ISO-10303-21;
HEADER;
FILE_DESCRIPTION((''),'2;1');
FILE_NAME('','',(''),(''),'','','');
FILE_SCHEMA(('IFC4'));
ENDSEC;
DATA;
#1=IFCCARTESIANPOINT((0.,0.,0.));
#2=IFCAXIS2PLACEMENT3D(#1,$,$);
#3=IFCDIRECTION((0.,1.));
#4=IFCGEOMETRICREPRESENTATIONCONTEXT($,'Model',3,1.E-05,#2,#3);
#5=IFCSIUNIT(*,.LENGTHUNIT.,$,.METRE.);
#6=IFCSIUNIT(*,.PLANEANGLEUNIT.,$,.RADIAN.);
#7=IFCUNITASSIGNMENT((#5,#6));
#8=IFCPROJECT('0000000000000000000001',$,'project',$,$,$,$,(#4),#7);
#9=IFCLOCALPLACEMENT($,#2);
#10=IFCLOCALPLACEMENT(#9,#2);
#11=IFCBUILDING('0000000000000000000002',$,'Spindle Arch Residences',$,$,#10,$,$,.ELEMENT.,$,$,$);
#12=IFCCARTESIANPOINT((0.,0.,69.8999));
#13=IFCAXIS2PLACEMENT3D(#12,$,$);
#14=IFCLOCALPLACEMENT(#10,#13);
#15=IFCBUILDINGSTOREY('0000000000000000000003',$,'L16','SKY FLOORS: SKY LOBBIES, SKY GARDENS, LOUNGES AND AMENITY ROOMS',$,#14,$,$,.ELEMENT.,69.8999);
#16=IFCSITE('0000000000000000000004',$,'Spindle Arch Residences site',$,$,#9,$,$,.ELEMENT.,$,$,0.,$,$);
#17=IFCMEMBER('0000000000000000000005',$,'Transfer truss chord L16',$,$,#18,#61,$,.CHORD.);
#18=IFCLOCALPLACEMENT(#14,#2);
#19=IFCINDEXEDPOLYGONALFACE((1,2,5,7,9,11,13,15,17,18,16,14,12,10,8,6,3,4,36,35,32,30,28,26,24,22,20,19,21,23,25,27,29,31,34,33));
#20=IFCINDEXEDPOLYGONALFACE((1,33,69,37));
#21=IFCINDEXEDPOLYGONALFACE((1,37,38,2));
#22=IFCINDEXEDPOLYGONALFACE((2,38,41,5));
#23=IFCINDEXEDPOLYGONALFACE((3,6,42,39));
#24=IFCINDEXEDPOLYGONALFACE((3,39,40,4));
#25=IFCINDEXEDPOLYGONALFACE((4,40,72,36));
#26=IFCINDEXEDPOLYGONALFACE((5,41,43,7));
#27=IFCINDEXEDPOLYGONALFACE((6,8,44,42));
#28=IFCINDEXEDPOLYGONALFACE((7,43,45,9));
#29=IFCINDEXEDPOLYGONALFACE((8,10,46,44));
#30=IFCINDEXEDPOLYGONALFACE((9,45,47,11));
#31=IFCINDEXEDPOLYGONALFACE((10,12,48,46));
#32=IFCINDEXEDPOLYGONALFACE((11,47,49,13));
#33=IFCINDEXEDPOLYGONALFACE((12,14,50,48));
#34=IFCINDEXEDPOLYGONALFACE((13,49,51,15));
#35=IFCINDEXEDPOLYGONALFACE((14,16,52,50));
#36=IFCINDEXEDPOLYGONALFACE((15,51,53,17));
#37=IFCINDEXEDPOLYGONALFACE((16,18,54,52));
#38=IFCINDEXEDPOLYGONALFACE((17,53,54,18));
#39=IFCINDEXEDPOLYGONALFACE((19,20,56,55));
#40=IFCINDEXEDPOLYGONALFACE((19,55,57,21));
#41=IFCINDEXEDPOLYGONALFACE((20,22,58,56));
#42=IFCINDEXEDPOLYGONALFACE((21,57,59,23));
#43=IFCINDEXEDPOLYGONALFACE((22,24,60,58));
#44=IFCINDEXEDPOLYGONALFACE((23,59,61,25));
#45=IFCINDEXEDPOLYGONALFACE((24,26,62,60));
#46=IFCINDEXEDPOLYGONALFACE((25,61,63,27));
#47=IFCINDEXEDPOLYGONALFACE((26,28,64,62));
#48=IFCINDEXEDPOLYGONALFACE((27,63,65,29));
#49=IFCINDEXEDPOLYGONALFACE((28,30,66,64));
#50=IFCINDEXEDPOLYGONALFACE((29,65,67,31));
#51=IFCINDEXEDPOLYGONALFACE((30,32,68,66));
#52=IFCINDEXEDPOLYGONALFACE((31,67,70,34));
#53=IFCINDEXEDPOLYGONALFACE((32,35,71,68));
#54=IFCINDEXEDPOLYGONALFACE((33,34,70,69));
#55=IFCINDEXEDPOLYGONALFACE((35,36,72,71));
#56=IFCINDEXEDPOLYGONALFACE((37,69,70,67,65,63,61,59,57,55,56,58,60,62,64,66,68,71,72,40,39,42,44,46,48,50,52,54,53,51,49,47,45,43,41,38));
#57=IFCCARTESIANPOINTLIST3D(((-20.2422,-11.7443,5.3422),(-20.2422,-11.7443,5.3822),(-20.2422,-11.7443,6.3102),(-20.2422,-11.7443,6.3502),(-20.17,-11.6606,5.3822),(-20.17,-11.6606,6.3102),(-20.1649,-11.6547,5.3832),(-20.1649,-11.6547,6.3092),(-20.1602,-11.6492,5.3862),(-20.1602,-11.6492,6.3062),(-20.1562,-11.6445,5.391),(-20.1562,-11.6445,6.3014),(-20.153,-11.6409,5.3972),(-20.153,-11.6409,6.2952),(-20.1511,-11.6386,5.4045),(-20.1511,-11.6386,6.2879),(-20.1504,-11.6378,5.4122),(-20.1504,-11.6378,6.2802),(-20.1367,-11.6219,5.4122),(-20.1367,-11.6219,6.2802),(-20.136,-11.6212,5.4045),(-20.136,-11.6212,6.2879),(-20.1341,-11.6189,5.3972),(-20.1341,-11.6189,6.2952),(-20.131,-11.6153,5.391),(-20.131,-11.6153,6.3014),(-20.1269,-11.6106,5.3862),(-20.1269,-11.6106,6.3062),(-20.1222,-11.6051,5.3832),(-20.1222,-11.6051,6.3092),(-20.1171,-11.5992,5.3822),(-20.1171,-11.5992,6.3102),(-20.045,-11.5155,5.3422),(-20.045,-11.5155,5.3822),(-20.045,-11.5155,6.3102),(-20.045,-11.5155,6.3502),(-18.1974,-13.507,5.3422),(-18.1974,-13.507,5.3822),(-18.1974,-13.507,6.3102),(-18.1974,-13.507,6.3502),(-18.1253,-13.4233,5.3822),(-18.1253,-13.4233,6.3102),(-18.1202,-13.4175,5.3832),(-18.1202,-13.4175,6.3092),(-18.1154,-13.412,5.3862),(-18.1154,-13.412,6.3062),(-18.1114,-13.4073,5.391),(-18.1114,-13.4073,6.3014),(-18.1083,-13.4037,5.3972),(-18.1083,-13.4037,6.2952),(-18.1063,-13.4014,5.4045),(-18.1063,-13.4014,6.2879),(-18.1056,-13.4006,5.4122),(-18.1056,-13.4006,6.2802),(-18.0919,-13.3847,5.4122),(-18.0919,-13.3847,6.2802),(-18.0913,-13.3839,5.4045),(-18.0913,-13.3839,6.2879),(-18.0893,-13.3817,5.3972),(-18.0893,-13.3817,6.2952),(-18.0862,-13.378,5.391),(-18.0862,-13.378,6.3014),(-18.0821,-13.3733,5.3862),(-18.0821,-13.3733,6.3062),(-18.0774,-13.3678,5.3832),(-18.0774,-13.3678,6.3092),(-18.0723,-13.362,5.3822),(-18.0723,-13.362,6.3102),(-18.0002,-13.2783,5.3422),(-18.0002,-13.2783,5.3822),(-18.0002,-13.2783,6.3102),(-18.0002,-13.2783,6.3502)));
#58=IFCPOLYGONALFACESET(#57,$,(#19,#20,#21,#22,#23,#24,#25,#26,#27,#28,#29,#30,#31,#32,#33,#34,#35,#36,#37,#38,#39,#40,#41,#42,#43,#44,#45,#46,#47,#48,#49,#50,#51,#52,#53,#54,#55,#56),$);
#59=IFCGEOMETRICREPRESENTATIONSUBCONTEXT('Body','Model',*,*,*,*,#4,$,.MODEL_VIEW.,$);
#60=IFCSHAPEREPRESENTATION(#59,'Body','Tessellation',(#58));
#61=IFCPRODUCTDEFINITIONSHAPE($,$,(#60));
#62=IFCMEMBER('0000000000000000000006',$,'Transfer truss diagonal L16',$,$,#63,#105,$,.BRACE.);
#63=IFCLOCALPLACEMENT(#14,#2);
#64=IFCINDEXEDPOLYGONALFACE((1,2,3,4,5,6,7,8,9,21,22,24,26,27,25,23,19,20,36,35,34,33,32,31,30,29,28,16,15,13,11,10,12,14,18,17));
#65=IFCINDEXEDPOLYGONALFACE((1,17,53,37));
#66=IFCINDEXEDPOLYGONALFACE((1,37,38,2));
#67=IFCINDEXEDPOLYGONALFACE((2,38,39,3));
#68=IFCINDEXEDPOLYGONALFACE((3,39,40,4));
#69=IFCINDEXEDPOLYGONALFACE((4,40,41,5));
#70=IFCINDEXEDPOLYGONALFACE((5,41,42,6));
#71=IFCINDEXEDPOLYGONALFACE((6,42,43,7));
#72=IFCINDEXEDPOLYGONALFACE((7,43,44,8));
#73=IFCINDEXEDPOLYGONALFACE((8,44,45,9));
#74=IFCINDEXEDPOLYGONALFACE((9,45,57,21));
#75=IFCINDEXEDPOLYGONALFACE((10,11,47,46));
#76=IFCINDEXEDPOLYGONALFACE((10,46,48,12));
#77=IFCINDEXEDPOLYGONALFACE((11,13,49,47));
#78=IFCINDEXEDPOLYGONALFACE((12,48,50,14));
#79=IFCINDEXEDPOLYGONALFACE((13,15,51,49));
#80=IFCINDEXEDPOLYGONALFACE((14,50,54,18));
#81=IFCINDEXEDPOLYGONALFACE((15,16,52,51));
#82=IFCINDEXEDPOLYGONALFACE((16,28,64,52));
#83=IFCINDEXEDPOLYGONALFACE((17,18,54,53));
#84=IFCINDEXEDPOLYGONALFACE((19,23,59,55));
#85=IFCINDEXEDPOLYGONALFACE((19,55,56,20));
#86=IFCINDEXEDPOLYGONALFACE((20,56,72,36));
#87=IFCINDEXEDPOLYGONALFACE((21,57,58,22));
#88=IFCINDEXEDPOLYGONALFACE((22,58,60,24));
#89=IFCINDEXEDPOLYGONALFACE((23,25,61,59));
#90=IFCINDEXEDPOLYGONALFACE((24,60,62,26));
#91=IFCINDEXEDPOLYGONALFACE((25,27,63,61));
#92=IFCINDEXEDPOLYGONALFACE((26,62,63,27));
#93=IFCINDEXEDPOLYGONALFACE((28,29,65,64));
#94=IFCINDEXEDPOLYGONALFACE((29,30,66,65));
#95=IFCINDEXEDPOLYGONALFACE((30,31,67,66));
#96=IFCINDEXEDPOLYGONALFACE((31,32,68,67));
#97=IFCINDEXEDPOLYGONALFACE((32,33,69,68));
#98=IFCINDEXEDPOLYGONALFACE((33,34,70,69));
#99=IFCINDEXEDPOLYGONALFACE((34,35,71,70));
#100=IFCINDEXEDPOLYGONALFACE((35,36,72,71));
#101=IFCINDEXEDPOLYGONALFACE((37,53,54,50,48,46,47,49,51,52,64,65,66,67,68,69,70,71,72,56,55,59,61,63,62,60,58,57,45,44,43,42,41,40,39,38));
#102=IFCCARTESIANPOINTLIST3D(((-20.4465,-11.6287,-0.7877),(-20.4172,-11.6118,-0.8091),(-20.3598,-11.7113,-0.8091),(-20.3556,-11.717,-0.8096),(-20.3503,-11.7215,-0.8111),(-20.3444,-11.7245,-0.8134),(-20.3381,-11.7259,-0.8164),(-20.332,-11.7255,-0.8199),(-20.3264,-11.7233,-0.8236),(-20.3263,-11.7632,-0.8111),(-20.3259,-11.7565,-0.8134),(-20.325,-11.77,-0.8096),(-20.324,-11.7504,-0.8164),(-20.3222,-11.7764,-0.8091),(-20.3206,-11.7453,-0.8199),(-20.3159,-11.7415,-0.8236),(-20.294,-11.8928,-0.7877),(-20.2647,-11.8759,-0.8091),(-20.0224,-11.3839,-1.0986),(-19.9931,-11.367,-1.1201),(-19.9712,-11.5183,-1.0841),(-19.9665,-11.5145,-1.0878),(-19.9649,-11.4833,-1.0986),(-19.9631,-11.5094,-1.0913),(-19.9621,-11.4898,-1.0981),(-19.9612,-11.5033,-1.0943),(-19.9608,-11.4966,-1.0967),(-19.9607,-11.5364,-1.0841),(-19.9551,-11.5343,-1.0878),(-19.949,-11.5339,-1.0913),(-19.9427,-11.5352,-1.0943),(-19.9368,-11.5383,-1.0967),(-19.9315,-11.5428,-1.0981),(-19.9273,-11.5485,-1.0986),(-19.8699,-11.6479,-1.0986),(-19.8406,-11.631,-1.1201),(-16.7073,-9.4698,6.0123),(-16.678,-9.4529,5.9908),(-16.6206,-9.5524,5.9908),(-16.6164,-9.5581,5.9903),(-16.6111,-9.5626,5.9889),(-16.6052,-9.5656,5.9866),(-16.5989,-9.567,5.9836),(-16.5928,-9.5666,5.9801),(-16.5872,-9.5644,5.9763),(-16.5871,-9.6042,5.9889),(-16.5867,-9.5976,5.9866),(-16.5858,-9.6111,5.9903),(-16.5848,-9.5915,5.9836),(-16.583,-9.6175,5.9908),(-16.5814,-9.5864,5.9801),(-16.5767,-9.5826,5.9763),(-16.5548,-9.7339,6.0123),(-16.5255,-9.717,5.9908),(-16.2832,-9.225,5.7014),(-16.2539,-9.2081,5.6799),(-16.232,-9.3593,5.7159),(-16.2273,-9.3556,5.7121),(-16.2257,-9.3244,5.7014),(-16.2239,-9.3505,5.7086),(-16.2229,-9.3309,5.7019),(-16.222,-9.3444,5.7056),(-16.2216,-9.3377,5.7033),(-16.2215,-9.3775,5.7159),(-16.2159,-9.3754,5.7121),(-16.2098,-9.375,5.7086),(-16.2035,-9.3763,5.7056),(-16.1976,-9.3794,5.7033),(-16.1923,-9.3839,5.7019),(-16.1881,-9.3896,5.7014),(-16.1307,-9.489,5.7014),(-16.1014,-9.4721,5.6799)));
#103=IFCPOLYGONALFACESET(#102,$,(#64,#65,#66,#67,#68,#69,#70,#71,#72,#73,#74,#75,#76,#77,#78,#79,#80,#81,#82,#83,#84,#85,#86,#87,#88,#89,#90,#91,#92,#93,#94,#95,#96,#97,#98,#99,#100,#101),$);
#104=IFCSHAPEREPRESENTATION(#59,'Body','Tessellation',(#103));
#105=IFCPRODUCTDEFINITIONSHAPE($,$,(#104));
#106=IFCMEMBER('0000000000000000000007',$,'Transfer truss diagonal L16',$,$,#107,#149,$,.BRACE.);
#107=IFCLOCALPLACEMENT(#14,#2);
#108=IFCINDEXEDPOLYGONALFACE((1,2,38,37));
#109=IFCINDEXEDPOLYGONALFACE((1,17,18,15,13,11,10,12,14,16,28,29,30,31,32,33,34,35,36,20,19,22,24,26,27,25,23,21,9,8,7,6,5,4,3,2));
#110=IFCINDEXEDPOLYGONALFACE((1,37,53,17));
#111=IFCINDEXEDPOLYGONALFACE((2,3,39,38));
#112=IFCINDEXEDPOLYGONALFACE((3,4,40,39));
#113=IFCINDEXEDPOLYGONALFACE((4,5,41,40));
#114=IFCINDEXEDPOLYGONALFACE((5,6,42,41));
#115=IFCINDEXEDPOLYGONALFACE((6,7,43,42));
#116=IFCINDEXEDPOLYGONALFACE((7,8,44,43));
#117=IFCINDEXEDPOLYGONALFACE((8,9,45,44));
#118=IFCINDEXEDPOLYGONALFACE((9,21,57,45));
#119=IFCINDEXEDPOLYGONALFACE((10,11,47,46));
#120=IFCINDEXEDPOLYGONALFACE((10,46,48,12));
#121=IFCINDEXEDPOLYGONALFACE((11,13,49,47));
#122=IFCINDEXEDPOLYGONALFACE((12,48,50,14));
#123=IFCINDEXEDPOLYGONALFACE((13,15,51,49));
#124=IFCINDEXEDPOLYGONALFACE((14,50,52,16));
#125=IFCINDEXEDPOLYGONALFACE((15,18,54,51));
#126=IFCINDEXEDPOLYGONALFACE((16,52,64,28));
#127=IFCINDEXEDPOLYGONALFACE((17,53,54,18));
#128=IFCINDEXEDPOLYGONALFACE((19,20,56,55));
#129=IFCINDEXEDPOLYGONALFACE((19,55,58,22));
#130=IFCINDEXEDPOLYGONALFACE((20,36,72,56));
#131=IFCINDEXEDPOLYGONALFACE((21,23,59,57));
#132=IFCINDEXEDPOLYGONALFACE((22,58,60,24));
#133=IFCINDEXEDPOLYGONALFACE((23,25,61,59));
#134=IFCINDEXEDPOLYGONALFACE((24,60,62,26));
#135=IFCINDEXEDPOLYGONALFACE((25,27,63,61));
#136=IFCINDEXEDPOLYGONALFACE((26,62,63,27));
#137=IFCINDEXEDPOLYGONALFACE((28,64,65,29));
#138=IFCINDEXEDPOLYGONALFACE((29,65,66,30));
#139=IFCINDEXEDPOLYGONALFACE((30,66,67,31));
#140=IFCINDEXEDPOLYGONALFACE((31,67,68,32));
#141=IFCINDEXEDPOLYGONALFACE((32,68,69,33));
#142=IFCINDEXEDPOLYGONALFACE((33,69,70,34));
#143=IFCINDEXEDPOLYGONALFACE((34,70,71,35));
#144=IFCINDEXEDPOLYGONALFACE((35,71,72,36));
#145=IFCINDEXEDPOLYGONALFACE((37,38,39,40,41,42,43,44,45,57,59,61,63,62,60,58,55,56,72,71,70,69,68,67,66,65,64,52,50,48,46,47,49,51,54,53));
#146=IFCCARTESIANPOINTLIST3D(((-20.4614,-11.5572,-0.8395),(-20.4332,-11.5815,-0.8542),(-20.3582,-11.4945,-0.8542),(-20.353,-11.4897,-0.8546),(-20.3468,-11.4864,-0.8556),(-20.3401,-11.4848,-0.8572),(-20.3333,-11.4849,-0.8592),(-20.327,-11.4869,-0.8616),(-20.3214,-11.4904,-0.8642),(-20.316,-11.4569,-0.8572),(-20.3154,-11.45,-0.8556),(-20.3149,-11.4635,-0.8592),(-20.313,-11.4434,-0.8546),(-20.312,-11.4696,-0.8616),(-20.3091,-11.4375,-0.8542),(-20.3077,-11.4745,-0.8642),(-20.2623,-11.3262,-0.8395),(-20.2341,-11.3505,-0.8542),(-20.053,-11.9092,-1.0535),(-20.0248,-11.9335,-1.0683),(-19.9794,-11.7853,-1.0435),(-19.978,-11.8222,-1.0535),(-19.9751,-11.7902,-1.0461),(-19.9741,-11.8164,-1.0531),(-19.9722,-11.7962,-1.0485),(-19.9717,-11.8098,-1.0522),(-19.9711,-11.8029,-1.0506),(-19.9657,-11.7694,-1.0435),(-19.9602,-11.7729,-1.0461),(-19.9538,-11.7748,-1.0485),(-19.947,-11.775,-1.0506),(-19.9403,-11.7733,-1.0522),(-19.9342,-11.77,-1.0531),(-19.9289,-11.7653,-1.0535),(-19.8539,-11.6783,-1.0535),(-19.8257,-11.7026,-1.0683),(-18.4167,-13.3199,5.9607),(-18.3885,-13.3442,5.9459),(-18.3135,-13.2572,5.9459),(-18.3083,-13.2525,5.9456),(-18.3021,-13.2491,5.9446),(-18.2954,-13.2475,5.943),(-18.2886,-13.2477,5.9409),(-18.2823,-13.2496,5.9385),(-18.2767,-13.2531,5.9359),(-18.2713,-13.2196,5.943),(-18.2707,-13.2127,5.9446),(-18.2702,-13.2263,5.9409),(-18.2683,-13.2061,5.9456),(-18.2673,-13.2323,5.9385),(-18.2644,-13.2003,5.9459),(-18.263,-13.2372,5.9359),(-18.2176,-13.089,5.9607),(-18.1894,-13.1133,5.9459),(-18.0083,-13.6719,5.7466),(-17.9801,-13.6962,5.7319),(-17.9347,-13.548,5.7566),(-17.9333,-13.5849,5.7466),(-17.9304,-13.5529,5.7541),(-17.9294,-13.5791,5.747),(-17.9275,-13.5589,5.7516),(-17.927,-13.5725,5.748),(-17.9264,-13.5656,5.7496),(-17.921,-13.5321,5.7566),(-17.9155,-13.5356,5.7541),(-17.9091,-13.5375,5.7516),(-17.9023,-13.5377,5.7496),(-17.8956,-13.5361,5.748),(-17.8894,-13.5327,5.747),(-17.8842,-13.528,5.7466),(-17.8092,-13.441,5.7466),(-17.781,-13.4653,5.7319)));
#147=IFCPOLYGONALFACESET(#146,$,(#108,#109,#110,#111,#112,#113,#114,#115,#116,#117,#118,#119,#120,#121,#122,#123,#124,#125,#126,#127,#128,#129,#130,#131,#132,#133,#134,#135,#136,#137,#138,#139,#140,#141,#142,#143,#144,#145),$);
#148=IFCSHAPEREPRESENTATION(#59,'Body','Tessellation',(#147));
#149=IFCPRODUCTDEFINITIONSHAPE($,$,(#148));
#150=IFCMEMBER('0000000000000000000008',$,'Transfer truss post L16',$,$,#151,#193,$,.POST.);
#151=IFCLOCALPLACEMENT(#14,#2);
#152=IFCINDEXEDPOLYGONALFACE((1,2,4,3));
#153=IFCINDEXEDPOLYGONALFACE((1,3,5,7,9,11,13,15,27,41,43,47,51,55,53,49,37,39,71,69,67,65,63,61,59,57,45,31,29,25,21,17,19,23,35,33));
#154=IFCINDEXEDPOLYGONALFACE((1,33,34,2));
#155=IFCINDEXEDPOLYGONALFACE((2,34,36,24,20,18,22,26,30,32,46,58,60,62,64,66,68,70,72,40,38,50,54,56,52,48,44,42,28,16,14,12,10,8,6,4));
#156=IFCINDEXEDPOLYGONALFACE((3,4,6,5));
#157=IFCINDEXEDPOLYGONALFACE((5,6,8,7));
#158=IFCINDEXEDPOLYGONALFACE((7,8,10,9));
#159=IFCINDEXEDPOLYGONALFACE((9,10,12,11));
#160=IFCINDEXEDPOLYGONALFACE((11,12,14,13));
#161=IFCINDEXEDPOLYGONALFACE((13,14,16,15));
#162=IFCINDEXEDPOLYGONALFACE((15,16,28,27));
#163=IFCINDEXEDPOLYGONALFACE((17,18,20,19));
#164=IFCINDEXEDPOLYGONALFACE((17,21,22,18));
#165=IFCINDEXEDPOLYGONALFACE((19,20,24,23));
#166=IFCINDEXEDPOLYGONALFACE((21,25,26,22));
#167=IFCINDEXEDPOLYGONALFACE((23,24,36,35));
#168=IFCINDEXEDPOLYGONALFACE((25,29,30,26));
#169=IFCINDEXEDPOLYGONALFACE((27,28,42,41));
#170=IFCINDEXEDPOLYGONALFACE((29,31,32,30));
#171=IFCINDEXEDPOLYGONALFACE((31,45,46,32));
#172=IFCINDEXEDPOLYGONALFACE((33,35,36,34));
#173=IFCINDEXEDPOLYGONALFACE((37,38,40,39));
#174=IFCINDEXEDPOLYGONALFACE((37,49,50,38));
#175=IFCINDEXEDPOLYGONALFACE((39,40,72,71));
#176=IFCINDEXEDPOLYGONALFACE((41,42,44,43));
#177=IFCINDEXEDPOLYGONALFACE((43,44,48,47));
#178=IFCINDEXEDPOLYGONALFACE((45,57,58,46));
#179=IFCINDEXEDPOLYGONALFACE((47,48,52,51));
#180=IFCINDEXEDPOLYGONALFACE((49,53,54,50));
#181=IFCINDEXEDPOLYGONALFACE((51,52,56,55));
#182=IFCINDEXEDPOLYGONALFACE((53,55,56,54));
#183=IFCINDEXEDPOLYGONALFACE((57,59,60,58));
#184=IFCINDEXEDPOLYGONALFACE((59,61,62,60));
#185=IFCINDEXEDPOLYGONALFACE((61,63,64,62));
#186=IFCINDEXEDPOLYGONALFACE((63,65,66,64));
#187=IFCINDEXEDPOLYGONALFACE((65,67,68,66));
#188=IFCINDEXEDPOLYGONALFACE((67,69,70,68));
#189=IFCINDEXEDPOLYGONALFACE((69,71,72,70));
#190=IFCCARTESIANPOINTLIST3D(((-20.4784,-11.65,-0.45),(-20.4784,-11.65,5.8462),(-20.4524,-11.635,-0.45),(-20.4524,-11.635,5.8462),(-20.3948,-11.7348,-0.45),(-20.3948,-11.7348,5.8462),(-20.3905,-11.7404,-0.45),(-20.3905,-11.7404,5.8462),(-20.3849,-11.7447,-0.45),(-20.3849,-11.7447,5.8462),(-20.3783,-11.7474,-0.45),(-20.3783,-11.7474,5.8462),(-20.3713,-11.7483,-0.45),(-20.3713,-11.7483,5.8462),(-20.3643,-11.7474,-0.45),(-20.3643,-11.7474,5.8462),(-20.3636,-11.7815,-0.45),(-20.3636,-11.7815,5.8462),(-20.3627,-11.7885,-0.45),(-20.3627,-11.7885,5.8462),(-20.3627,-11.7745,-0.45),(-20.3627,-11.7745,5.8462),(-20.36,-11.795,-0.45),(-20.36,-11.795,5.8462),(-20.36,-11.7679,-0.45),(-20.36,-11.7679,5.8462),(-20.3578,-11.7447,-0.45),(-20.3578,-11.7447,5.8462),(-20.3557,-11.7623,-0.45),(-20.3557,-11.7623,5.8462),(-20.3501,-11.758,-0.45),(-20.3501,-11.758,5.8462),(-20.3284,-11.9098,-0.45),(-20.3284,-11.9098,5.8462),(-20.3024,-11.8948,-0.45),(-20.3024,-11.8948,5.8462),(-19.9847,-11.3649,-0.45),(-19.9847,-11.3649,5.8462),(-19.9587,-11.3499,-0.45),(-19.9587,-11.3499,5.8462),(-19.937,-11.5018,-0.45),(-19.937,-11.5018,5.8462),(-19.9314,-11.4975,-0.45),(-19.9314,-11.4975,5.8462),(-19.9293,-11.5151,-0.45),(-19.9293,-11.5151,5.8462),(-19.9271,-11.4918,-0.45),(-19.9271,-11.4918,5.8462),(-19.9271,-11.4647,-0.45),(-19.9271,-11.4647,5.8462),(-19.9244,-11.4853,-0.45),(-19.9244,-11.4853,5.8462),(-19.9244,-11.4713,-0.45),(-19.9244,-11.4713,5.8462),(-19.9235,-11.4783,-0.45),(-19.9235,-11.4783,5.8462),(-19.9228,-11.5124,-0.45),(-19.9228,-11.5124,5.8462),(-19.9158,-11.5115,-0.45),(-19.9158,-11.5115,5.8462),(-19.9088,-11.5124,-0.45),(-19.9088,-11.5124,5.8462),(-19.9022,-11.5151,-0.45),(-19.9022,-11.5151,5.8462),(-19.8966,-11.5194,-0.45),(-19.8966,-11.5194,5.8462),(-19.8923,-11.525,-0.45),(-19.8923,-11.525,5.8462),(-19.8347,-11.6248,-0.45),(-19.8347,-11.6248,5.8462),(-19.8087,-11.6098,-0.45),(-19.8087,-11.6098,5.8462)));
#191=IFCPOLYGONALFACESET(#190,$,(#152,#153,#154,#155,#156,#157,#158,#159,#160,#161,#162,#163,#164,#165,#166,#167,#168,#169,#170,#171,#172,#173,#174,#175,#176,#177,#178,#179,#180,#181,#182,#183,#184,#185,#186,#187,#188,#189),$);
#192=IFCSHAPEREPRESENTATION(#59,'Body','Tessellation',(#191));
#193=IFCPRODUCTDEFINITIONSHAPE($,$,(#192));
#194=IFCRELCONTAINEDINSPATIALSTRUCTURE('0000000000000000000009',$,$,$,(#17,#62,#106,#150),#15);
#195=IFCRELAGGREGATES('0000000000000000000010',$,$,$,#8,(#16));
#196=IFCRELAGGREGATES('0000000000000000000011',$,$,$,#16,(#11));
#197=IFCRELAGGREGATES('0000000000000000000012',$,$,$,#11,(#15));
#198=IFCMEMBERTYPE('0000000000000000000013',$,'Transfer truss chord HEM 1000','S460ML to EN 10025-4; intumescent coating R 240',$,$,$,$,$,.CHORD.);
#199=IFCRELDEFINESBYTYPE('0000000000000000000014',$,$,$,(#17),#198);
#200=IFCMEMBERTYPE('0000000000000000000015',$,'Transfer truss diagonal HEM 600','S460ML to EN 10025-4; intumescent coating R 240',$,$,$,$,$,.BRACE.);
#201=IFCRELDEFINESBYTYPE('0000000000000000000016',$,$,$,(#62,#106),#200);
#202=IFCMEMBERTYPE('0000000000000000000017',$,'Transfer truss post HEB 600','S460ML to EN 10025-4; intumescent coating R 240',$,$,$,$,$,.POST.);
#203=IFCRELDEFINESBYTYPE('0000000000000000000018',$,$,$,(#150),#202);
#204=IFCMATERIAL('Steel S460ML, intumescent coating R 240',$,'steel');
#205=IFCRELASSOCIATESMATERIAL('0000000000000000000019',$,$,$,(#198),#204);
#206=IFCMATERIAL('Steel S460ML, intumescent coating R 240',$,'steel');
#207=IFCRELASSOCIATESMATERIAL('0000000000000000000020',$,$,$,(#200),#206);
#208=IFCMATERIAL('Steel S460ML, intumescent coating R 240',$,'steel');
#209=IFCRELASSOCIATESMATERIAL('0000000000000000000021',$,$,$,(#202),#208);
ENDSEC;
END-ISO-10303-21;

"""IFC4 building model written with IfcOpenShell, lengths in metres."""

from ifc_helpers import new_model, si_unit, direction, frame, origin, origin_2d, place, context, subcontext, project, spatial, i_section, extrude, material, material_profile, profile_set, type_object, element, save


model = new_model("IFC4")

# Units and contexts
model_context = context("Model", 3, precision=1e-05, world=origin(), true_north=direction((0.0, 1.0)))
body_context = subcontext(model_context, "Body", "Model", "MODEL_VIEW")
ifc_project = project(units=[si_unit("LENGTHUNIT", "METRE"), si_unit("PLANEANGLEUNIT", "RADIAN")], contexts=[model_context])

# Site, building, storey
site_placement = place(None, origin())
site = spatial("IfcSite", under=ifc_project, at=site_placement, Name="Spindle Arch Residences site", CompositionType="ELEMENT", RefElevation=0.0)
building_placement = place(site_placement, origin())
building = spatial("IfcBuilding", under=site, at=building_placement, Name="Spindle Arch Residences", CompositionType="ELEMENT")
storey_placement = place(building_placement, frame((0.0, 0.0, 69.8999)))
storey = spatial("IfcBuildingStorey", under=building, at=storey_placement, Name="L16", Description="SKY FLOORS: SKY LOBBIES, SKY GARDENS, LOUNGES AND AMENITY ROOMS", CompositionType="ELEMENT", Elevation=69.8999)

# Members
ifc_material_1 = material(Name="Steel S460ML, intumescent coating R 240", Category="steel")
ifc_material_profile_1 = material_profile(ifc_material_1, i_section(OverallWidth=0.302, OverallDepth=1.0081, WebThickness=0.021, FlangeThickness=0.04, FilletRadius=0.03, at=origin_2d()), Name="HEM 1000")
ifc_profile_set_1 = profile_set([ifc_material_profile_1], Name="Steel S460ML, intumescent coating R 240")
member_type_1 = type_object("IfcMemberType", Name="Transfer truss chord HEM 1000", Description="S460ML to EN 10025-4; intumescent coating R 240", PredefinedType="CHORD", material=ifc_profile_set_1)
for number, where, z_axis, x_axis, name in (
    (1, (-20.1436, -11.6299, 5.8462), (0.757402, -0.652949, 0.0), (0.652949, 0.757402, 0.0), "Transfer truss chord L16"),
):
    element("IfcMember", number, at=place(storey_placement, frame(where, z_axis=z_axis, x_axis=x_axis)), inside=storey, type_object=member_type_1, Name=name, PredefinedType="CHORD", context=body_context, shape_type="SweptSolid", body=[
        extrude(i_section(OverallWidth=0.302, OverallDepth=1.0081, WebThickness=0.021, FlangeThickness=0.04, FilletRadius=0.03, at=origin_2d()), origin(), (0.0, 0.0, 1.0), 2.6997),
    ])
ifc_material_2 = material(Name="Steel S460ML, intumescent coating R 240", Category="steel")
ifc_material_profile_2 = material_profile(ifc_material_2, i_section(OverallWidth=0.3049, OverallDepth=0.6201, WebThickness=0.021, FlangeThickness=0.04, FilletRadius=0.0271, at=origin_2d()), Name="HEM 600")
ifc_profile_set_2 = profile_set([ifc_material_profile_2], Name="Steel S460ML, intumescent coating R 240")
member_type_2 = type_object("IfcMemberType", Name="Transfer truss diagonal HEM 600", Description="S460ML to EN 10025-4; intumescent coating R 240", PredefinedType="BRACE", material=ifc_profile_set_2)
member_1_placement = place(storey_placement, frame((-20.1436, -11.6299, -0.9539), z_axis=(0.464213, 0.268023, 0.844198), x_axis=(-0.500013, 0.866018, 0.0)))
element("IfcMember", 2, at=member_1_placement, inside=storey, type_object=member_type_2, Name="Transfer truss diagonal L16", PredefinedType="BRACE", context=body_context, shape_type="SweptSolid", body=[
    extrude(i_section(OverallWidth=0.3049, OverallDepth=0.6201, WebThickness=0.021, FlangeThickness=0.04, FilletRadius=0.0271, at=origin_2d()), origin(), (0.0, 0.0, 1.0), 8.0549),
])
member_2_placement = place(storey_placement, frame((-20.1436, -11.6299, -0.9539), z_axis=(0.279468, -0.240927, 0.929436), x_axis=(0.652949, 0.757402, 0.0)))
element("IfcMember", 3, at=member_2_placement, inside=storey, type_object=member_type_2, Name="Transfer truss diagonal L16", PredefinedType="BRACE", context=body_context, shape_type="SweptSolid", body=[
    extrude(i_section(OverallWidth=0.3049, OverallDepth=0.6201, WebThickness=0.021, FlangeThickness=0.04, FilletRadius=0.0271, at=origin_2d()), origin(), (0.0, 0.0, 1.0), 7.3164),
])
ifc_material_3 = material(Name="Steel S460ML, intumescent coating R 240", Category="steel")
ifc_material_profile_3 = material_profile(ifc_material_3, i_section(OverallWidth=0.3, OverallDepth=0.6001, WebThickness=0.0154, FlangeThickness=0.03, FilletRadius=0.0271, at=origin_2d()), Name="HEB 600")
ifc_profile_set_3 = profile_set([ifc_material_profile_3], Name="Steel S460ML, intumescent coating R 240")
member_type_3 = type_object("IfcMemberType", Name="Transfer truss post HEB 600", Description="S460ML to EN 10025-4; intumescent coating R 240", PredefinedType="POST", material=ifc_profile_set_3)
member_3_placement = place(storey_placement, frame((-20.1436, -11.6299, -0.45), z_axis=(0.0, 0.0, 1.0), x_axis=(-0.5, 0.866026, 0.0)))
element("IfcMember", 4, at=member_3_placement, inside=storey, type_object=member_type_3, Name="Transfer truss post L16", PredefinedType="POST", context=body_context, shape_type="SweptSolid", body=[
    extrude(i_section(OverallWidth=0.3, OverallDepth=0.6001, WebThickness=0.0154, FlangeThickness=0.03, FilletRadius=0.0271, at=origin_2d()), origin(), (0.0, 0.0, 1.0), 6.2961),
])

save(model, "model.ifc")
